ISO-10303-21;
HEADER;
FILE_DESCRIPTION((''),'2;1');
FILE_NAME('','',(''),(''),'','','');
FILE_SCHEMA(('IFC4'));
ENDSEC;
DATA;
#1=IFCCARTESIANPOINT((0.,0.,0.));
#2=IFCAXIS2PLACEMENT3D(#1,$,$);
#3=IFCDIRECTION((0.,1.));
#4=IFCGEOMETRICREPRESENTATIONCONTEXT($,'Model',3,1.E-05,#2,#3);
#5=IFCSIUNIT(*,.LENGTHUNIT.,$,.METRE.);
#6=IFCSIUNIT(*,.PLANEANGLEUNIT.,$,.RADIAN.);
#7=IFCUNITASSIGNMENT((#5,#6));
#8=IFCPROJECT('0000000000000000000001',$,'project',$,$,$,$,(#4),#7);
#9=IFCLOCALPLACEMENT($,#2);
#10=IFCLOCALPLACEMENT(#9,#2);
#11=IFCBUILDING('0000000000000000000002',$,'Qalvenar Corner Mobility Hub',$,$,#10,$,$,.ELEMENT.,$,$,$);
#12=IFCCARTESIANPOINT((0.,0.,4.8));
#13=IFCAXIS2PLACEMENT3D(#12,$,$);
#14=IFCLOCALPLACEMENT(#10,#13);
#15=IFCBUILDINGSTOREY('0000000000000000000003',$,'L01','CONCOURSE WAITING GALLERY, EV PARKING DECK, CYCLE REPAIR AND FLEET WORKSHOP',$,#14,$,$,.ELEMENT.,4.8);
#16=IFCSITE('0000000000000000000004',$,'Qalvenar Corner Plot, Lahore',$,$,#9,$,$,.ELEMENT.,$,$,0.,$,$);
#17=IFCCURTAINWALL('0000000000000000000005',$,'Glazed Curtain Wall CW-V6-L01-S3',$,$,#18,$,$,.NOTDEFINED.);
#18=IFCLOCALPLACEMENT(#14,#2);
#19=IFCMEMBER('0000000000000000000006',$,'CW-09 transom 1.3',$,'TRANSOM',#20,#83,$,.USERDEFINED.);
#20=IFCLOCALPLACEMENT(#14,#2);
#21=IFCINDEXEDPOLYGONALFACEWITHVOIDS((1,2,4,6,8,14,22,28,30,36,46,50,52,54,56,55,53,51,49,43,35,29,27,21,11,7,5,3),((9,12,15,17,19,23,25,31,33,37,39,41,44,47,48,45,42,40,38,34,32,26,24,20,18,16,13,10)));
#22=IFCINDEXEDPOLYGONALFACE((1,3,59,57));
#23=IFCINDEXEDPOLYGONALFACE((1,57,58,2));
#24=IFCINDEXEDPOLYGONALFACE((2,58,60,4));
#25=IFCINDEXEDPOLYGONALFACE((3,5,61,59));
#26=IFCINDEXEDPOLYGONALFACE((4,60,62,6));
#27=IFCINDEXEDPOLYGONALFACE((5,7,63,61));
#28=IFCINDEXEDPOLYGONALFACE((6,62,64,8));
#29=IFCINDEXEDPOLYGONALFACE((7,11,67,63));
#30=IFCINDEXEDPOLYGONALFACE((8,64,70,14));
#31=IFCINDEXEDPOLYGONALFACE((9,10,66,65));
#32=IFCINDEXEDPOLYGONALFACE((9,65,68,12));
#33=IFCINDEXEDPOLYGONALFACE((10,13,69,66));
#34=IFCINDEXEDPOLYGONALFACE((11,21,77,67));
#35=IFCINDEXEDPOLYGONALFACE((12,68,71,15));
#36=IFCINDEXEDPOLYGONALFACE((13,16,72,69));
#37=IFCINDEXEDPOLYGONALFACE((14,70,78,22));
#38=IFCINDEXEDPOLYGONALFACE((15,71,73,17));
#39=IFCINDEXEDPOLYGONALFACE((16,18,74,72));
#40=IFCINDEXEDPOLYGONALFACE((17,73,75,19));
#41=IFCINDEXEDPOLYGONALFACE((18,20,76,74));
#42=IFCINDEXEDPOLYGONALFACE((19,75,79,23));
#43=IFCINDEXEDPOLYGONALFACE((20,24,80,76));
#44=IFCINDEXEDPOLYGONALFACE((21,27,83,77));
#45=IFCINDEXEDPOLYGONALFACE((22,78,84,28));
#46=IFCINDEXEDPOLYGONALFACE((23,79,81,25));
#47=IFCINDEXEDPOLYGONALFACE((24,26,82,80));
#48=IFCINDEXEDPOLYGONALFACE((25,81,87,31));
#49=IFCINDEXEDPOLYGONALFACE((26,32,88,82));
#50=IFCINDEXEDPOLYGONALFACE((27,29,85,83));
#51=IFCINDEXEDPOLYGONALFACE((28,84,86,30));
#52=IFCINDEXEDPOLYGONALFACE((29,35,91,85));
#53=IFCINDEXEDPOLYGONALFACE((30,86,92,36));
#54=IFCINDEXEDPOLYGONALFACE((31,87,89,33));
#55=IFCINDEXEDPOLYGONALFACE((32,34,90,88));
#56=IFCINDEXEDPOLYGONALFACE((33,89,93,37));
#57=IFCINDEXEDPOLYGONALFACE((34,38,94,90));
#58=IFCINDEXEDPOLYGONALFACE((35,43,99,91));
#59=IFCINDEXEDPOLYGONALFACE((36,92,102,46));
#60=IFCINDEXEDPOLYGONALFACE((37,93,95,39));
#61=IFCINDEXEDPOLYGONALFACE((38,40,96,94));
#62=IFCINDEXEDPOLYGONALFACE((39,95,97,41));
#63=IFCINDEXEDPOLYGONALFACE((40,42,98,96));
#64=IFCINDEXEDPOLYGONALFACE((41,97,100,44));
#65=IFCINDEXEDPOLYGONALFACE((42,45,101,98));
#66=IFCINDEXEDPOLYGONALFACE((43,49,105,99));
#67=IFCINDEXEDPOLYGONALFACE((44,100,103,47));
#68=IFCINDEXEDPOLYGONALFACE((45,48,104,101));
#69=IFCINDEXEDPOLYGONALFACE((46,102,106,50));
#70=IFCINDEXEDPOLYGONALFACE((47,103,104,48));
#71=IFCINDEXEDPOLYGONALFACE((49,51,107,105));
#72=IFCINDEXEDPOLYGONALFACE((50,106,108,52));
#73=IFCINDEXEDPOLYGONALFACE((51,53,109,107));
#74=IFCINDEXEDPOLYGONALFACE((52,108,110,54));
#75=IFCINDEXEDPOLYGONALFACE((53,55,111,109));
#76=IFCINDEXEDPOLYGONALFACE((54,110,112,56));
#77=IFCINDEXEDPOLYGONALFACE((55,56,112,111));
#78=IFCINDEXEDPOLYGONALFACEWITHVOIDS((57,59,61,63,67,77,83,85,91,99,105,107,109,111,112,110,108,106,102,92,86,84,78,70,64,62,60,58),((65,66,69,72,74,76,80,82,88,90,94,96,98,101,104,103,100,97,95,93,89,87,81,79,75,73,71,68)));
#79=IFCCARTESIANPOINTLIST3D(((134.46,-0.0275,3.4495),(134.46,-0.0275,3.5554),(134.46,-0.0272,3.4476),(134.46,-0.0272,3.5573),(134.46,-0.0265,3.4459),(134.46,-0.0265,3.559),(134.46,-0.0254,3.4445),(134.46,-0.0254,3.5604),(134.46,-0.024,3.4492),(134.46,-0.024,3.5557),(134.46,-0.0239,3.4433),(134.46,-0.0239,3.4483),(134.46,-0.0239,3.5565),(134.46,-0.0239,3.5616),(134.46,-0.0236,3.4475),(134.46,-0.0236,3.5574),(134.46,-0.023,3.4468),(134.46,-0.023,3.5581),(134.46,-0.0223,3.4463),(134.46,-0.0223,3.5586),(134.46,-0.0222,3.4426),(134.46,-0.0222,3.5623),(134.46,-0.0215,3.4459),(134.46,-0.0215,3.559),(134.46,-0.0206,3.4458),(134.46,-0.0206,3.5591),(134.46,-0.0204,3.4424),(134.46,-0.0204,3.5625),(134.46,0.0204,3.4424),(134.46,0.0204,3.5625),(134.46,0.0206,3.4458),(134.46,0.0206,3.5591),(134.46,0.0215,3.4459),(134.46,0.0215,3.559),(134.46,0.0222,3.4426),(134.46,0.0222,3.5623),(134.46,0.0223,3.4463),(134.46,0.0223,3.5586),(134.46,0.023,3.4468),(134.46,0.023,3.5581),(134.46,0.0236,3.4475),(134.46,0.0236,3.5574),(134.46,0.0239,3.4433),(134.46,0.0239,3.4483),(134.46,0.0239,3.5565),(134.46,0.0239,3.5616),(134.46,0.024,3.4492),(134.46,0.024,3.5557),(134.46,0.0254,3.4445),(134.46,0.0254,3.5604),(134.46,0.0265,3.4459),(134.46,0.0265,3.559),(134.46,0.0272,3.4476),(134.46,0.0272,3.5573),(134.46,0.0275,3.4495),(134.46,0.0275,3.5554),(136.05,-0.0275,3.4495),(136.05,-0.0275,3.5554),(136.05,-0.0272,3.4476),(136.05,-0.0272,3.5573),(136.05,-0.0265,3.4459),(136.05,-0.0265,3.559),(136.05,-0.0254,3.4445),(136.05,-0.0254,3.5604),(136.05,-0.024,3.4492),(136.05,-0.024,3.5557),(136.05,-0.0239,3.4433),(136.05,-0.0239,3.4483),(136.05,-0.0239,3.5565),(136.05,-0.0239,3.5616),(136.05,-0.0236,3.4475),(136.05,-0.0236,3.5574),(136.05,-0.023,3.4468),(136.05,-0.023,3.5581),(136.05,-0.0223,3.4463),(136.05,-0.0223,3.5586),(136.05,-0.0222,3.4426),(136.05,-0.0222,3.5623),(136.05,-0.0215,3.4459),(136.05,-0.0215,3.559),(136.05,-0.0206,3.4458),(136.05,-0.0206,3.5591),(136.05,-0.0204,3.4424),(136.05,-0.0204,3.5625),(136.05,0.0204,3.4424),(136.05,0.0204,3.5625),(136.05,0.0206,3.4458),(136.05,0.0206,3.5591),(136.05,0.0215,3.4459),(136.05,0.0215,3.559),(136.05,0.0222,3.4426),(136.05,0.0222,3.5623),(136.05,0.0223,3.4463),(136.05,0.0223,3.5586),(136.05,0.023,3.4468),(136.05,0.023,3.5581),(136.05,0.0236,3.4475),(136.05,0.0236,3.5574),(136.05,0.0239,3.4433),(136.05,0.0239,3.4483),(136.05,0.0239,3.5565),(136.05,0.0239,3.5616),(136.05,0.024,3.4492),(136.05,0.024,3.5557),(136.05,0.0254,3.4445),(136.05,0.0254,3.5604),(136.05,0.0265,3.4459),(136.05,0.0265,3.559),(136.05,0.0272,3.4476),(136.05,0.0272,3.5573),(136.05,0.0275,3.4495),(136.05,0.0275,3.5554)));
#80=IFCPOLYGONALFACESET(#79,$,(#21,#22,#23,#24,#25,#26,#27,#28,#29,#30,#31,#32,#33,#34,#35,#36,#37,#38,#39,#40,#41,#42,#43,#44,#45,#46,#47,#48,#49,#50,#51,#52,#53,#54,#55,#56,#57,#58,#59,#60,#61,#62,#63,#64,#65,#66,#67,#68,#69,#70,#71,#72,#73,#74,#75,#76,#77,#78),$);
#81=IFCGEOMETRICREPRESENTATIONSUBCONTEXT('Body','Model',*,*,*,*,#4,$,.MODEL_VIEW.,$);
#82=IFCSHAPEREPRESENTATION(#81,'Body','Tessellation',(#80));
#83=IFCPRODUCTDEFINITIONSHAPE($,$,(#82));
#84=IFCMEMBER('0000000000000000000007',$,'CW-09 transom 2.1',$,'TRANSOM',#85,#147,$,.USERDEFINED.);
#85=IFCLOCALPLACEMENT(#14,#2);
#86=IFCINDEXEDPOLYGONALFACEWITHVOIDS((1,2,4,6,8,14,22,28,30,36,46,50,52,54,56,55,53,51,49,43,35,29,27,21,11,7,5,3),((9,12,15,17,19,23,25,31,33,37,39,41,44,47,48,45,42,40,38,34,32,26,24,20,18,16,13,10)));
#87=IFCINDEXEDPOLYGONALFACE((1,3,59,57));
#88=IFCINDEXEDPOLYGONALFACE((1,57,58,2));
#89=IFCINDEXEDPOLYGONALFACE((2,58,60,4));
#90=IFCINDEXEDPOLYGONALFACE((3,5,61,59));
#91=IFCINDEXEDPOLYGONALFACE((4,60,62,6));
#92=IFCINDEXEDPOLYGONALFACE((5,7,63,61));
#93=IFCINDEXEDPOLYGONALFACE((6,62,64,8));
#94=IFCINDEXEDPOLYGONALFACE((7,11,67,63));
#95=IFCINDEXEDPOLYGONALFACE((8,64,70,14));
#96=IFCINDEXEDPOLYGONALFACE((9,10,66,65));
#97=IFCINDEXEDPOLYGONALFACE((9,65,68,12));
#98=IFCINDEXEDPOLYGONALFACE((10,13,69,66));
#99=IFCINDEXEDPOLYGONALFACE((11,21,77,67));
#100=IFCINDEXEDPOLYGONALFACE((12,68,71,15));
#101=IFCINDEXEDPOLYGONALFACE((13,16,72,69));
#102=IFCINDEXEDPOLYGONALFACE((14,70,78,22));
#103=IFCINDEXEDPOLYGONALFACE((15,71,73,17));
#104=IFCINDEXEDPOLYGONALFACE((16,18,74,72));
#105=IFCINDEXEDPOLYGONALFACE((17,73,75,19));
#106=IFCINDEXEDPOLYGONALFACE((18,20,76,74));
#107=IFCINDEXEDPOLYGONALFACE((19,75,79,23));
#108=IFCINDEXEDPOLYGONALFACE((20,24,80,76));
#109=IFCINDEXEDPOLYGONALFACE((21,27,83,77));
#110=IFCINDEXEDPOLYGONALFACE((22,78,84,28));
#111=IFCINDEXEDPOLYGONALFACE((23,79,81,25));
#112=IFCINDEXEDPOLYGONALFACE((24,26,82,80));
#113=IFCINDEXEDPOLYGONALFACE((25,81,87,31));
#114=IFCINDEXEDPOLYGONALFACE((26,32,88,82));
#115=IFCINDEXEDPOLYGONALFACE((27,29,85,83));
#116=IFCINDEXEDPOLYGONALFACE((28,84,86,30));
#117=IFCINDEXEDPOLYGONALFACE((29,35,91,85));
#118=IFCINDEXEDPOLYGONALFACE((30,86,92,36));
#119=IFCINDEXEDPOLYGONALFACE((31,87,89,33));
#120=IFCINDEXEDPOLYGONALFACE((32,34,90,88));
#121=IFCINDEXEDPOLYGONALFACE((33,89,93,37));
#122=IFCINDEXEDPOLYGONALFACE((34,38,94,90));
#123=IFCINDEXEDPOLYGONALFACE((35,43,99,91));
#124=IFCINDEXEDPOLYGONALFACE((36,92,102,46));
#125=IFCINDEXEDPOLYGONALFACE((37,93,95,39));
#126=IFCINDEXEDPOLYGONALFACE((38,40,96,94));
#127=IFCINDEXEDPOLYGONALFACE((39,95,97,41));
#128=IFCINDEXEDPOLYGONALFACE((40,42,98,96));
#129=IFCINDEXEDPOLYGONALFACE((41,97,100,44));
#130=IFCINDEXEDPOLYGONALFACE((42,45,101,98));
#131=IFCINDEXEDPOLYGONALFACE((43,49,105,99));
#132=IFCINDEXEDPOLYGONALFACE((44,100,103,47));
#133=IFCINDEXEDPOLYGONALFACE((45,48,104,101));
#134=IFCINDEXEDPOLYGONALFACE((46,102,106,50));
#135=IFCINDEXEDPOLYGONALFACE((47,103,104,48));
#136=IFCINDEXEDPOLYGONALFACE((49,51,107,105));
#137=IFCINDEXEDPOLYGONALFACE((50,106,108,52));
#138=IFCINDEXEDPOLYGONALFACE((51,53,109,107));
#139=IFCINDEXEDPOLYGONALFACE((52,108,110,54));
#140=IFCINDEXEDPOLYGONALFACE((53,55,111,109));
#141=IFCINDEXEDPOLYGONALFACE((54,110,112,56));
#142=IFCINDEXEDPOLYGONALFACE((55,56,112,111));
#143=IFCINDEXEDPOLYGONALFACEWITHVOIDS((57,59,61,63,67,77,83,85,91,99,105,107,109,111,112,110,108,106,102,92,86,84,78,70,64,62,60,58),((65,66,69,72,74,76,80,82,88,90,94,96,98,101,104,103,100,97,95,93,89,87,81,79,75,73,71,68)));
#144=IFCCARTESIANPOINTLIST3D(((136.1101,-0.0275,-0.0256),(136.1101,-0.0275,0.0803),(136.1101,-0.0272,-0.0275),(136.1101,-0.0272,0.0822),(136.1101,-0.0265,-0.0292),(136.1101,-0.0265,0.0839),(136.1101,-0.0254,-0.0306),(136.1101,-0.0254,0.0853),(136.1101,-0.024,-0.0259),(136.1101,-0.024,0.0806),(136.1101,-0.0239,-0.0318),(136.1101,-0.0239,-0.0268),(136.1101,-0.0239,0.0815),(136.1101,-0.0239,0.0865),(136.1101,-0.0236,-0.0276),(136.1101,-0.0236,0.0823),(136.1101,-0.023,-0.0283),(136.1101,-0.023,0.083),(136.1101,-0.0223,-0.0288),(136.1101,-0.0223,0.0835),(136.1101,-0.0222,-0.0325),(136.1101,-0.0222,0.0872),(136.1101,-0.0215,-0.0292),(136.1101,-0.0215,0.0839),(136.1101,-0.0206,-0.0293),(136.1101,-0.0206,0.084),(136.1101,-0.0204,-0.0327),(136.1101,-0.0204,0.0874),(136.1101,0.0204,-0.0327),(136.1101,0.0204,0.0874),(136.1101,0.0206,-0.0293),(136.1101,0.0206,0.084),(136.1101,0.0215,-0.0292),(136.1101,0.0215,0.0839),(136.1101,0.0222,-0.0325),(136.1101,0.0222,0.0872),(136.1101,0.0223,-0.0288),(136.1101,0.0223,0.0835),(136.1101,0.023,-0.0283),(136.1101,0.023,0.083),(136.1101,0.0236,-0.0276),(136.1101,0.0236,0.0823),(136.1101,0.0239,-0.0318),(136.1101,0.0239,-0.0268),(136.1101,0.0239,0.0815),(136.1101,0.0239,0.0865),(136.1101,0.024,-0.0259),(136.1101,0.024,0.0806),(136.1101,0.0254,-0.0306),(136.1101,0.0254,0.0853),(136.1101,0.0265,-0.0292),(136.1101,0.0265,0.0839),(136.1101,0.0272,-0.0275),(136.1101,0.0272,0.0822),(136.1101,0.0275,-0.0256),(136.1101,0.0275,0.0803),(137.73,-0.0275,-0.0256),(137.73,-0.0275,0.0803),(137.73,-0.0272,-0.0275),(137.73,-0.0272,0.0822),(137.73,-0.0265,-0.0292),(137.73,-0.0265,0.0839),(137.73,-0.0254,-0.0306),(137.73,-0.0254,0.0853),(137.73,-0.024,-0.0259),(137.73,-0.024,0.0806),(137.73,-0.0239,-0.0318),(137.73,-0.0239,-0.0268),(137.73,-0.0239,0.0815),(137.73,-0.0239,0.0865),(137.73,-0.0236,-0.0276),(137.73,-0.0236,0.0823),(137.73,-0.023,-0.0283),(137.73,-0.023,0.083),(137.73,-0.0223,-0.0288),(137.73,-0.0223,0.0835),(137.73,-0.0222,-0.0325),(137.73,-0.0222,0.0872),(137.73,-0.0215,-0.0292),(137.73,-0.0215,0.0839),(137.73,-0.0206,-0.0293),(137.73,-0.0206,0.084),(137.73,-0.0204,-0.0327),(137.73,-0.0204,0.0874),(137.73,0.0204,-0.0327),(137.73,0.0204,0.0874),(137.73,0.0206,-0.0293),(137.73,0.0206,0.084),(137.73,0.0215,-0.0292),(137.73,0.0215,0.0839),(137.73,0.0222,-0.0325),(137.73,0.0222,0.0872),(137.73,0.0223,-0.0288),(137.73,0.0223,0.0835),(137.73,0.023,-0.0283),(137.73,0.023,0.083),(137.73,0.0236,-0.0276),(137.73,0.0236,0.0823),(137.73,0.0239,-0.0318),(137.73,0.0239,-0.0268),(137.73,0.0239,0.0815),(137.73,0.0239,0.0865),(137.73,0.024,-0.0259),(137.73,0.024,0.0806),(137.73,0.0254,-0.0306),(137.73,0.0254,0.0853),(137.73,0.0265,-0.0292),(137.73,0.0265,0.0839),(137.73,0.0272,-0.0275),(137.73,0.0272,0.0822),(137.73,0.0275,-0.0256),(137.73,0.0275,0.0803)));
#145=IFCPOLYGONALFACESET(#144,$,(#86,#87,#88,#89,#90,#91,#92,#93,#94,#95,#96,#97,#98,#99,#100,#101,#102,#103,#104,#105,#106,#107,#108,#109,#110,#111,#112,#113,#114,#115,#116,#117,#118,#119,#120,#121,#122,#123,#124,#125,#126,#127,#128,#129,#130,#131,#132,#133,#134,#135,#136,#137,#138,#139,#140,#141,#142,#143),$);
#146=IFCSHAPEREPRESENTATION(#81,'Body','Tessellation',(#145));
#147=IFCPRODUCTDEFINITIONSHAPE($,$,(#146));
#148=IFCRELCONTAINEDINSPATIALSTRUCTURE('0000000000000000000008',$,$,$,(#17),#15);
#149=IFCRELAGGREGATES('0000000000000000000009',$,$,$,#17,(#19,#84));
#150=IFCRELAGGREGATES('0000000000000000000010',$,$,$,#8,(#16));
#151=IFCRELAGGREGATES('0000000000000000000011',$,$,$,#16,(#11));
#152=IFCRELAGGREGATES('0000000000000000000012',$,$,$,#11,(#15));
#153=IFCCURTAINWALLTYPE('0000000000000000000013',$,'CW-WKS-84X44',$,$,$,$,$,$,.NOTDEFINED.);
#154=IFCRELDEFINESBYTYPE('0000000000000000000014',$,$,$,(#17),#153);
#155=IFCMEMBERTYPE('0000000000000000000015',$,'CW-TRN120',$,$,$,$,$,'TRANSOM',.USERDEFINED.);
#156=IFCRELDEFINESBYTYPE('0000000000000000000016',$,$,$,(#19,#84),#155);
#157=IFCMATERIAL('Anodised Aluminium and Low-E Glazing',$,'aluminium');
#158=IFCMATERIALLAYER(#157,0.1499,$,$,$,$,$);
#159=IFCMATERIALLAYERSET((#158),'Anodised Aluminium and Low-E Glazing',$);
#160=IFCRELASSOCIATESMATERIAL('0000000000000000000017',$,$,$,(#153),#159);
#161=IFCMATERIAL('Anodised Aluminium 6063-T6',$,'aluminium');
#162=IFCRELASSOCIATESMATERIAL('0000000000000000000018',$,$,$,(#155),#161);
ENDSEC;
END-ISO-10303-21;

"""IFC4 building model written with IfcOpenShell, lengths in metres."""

from ifc_helpers import new_model, si_unit, direction, frame, origin, origin_2d, place, context, subcontext, project, spatial, hollow_rectangle, extrude, material, layer, layer_set, material_profile, profile_set, type_object, element, aggregate, save


model = new_model("IFC4")

# Units and contexts
model_context = context("Model", 3, precision=1e-05, world=origin(), true_north=direction((0.0, 1.0)))
body_context = subcontext(model_context, "Body", "Model", "MODEL_VIEW")
ifc_project = project(units=[si_unit("LENGTHUNIT", "METRE"), si_unit("PLANEANGLEUNIT", "RADIAN")], contexts=[model_context])

# Site, building, storey
site_placement = place(None, origin())
site = spatial("IfcSite", under=ifc_project, at=site_placement, Name="Qalvenar Corner Plot, Lahore", CompositionType="ELEMENT", RefElevation=0.0)
building_placement = place(site_placement, origin())
building = spatial("IfcBuilding", under=site, at=building_placement, Name="Qalvenar Corner Mobility Hub", CompositionType="ELEMENT")
storey_placement = place(building_placement, frame((0.0, 0.0, 4.8)))
storey = spatial("IfcBuildingStorey", under=building, at=storey_placement, Name="L01", Description="CONCOURSE WAITING GALLERY, EV PARKING DECK, CYCLE REPAIR AND FLEET WORKSHOP", CompositionType="ELEMENT", Elevation=4.8)

# Curtain wall, members
ifc_material_1 = material(Name="Anodised Aluminium and Low-E Glazing", Category="aluminium")
ifc_layer_1 = layer(ifc_material_1, 0.1499)
ifc_layer_set_1 = layer_set([ifc_layer_1], Name="Anodised Aluminium and Low-E Glazing")
curtain_wall_type = type_object("IfcCurtainWallType", Name="CW-WKS-84X44", PredefinedType="NOTDEFINED", material=ifc_layer_set_1)
curtain_wall_placement = place(storey_placement, origin())
curtain_wall = element("IfcCurtainWall", 1, at=curtain_wall_placement, inside=storey, type_object=curtain_wall_type, Name="Glazed Curtain Wall CW-V6-L01-S3", PredefinedType="NOTDEFINED")
ifc_material_2 = material(Name="Anodised Aluminium 6063-T6", Category="aluminium")
ifc_material_profile_1 = material_profile(ifc_material_2, hollow_rectangle(XDim=0.0549, YDim=0.1201, WallThickness=0.0034, InnerFilletRadius=0.0034, OuterFilletRadius=0.0071, at=origin_2d()), Name="RHS120x55x3.5")
ifc_profile_set_1 = profile_set([ifc_material_profile_1], Name="Anodised Aluminium 6063-T6")
member_type_1 = type_object("IfcMemberType", Name="CW-TRN120", ElementType="TRANSOM", PredefinedType="USERDEFINED", material=ifc_profile_set_1)
member_1_placement = place(storey_placement, frame((134.46, 0.0, 3.5024), z_axis=(1.0, 0.0, 0.0), x_axis=(0.0, 1.0, 0.0)))
member_1 = element("IfcMember", 2, at=member_1_placement, type_object=member_type_1, Name="CW-09 transom 1.3", ObjectType="TRANSOM", PredefinedType="USERDEFINED", context=body_context, shape_type="SweptSolid", body=[
    extrude(hollow_rectangle(XDim=0.0549, YDim=0.1201, WallThickness=0.0034, InnerFilletRadius=0.0034, OuterFilletRadius=0.0071, at=origin_2d()), origin(), (0.0, 0.0, 1.0), 1.5901),
])
member_2_placement = place(storey_placement, frame((136.1101, 0.0, 0.0273), z_axis=(1.0, 0.0, 0.0), x_axis=(0.0, 1.0, 0.0)))
member_2 = element("IfcMember", 3, at=member_2_placement, type_object=member_type_1, Name="CW-09 transom 2.1", ObjectType="TRANSOM", PredefinedType="USERDEFINED", context=body_context, shape_type="SweptSolid", body=[
    extrude(hollow_rectangle(XDim=0.0549, YDim=0.1201, WallThickness=0.0034, InnerFilletRadius=0.0034, OuterFilletRadius=0.0071, at=origin_2d()), origin(), (0.0, 0.0, 1.0), 1.6199),
])
aggregate(curtain_wall, [member_1, member_2])

save(model, "model.ifc")
